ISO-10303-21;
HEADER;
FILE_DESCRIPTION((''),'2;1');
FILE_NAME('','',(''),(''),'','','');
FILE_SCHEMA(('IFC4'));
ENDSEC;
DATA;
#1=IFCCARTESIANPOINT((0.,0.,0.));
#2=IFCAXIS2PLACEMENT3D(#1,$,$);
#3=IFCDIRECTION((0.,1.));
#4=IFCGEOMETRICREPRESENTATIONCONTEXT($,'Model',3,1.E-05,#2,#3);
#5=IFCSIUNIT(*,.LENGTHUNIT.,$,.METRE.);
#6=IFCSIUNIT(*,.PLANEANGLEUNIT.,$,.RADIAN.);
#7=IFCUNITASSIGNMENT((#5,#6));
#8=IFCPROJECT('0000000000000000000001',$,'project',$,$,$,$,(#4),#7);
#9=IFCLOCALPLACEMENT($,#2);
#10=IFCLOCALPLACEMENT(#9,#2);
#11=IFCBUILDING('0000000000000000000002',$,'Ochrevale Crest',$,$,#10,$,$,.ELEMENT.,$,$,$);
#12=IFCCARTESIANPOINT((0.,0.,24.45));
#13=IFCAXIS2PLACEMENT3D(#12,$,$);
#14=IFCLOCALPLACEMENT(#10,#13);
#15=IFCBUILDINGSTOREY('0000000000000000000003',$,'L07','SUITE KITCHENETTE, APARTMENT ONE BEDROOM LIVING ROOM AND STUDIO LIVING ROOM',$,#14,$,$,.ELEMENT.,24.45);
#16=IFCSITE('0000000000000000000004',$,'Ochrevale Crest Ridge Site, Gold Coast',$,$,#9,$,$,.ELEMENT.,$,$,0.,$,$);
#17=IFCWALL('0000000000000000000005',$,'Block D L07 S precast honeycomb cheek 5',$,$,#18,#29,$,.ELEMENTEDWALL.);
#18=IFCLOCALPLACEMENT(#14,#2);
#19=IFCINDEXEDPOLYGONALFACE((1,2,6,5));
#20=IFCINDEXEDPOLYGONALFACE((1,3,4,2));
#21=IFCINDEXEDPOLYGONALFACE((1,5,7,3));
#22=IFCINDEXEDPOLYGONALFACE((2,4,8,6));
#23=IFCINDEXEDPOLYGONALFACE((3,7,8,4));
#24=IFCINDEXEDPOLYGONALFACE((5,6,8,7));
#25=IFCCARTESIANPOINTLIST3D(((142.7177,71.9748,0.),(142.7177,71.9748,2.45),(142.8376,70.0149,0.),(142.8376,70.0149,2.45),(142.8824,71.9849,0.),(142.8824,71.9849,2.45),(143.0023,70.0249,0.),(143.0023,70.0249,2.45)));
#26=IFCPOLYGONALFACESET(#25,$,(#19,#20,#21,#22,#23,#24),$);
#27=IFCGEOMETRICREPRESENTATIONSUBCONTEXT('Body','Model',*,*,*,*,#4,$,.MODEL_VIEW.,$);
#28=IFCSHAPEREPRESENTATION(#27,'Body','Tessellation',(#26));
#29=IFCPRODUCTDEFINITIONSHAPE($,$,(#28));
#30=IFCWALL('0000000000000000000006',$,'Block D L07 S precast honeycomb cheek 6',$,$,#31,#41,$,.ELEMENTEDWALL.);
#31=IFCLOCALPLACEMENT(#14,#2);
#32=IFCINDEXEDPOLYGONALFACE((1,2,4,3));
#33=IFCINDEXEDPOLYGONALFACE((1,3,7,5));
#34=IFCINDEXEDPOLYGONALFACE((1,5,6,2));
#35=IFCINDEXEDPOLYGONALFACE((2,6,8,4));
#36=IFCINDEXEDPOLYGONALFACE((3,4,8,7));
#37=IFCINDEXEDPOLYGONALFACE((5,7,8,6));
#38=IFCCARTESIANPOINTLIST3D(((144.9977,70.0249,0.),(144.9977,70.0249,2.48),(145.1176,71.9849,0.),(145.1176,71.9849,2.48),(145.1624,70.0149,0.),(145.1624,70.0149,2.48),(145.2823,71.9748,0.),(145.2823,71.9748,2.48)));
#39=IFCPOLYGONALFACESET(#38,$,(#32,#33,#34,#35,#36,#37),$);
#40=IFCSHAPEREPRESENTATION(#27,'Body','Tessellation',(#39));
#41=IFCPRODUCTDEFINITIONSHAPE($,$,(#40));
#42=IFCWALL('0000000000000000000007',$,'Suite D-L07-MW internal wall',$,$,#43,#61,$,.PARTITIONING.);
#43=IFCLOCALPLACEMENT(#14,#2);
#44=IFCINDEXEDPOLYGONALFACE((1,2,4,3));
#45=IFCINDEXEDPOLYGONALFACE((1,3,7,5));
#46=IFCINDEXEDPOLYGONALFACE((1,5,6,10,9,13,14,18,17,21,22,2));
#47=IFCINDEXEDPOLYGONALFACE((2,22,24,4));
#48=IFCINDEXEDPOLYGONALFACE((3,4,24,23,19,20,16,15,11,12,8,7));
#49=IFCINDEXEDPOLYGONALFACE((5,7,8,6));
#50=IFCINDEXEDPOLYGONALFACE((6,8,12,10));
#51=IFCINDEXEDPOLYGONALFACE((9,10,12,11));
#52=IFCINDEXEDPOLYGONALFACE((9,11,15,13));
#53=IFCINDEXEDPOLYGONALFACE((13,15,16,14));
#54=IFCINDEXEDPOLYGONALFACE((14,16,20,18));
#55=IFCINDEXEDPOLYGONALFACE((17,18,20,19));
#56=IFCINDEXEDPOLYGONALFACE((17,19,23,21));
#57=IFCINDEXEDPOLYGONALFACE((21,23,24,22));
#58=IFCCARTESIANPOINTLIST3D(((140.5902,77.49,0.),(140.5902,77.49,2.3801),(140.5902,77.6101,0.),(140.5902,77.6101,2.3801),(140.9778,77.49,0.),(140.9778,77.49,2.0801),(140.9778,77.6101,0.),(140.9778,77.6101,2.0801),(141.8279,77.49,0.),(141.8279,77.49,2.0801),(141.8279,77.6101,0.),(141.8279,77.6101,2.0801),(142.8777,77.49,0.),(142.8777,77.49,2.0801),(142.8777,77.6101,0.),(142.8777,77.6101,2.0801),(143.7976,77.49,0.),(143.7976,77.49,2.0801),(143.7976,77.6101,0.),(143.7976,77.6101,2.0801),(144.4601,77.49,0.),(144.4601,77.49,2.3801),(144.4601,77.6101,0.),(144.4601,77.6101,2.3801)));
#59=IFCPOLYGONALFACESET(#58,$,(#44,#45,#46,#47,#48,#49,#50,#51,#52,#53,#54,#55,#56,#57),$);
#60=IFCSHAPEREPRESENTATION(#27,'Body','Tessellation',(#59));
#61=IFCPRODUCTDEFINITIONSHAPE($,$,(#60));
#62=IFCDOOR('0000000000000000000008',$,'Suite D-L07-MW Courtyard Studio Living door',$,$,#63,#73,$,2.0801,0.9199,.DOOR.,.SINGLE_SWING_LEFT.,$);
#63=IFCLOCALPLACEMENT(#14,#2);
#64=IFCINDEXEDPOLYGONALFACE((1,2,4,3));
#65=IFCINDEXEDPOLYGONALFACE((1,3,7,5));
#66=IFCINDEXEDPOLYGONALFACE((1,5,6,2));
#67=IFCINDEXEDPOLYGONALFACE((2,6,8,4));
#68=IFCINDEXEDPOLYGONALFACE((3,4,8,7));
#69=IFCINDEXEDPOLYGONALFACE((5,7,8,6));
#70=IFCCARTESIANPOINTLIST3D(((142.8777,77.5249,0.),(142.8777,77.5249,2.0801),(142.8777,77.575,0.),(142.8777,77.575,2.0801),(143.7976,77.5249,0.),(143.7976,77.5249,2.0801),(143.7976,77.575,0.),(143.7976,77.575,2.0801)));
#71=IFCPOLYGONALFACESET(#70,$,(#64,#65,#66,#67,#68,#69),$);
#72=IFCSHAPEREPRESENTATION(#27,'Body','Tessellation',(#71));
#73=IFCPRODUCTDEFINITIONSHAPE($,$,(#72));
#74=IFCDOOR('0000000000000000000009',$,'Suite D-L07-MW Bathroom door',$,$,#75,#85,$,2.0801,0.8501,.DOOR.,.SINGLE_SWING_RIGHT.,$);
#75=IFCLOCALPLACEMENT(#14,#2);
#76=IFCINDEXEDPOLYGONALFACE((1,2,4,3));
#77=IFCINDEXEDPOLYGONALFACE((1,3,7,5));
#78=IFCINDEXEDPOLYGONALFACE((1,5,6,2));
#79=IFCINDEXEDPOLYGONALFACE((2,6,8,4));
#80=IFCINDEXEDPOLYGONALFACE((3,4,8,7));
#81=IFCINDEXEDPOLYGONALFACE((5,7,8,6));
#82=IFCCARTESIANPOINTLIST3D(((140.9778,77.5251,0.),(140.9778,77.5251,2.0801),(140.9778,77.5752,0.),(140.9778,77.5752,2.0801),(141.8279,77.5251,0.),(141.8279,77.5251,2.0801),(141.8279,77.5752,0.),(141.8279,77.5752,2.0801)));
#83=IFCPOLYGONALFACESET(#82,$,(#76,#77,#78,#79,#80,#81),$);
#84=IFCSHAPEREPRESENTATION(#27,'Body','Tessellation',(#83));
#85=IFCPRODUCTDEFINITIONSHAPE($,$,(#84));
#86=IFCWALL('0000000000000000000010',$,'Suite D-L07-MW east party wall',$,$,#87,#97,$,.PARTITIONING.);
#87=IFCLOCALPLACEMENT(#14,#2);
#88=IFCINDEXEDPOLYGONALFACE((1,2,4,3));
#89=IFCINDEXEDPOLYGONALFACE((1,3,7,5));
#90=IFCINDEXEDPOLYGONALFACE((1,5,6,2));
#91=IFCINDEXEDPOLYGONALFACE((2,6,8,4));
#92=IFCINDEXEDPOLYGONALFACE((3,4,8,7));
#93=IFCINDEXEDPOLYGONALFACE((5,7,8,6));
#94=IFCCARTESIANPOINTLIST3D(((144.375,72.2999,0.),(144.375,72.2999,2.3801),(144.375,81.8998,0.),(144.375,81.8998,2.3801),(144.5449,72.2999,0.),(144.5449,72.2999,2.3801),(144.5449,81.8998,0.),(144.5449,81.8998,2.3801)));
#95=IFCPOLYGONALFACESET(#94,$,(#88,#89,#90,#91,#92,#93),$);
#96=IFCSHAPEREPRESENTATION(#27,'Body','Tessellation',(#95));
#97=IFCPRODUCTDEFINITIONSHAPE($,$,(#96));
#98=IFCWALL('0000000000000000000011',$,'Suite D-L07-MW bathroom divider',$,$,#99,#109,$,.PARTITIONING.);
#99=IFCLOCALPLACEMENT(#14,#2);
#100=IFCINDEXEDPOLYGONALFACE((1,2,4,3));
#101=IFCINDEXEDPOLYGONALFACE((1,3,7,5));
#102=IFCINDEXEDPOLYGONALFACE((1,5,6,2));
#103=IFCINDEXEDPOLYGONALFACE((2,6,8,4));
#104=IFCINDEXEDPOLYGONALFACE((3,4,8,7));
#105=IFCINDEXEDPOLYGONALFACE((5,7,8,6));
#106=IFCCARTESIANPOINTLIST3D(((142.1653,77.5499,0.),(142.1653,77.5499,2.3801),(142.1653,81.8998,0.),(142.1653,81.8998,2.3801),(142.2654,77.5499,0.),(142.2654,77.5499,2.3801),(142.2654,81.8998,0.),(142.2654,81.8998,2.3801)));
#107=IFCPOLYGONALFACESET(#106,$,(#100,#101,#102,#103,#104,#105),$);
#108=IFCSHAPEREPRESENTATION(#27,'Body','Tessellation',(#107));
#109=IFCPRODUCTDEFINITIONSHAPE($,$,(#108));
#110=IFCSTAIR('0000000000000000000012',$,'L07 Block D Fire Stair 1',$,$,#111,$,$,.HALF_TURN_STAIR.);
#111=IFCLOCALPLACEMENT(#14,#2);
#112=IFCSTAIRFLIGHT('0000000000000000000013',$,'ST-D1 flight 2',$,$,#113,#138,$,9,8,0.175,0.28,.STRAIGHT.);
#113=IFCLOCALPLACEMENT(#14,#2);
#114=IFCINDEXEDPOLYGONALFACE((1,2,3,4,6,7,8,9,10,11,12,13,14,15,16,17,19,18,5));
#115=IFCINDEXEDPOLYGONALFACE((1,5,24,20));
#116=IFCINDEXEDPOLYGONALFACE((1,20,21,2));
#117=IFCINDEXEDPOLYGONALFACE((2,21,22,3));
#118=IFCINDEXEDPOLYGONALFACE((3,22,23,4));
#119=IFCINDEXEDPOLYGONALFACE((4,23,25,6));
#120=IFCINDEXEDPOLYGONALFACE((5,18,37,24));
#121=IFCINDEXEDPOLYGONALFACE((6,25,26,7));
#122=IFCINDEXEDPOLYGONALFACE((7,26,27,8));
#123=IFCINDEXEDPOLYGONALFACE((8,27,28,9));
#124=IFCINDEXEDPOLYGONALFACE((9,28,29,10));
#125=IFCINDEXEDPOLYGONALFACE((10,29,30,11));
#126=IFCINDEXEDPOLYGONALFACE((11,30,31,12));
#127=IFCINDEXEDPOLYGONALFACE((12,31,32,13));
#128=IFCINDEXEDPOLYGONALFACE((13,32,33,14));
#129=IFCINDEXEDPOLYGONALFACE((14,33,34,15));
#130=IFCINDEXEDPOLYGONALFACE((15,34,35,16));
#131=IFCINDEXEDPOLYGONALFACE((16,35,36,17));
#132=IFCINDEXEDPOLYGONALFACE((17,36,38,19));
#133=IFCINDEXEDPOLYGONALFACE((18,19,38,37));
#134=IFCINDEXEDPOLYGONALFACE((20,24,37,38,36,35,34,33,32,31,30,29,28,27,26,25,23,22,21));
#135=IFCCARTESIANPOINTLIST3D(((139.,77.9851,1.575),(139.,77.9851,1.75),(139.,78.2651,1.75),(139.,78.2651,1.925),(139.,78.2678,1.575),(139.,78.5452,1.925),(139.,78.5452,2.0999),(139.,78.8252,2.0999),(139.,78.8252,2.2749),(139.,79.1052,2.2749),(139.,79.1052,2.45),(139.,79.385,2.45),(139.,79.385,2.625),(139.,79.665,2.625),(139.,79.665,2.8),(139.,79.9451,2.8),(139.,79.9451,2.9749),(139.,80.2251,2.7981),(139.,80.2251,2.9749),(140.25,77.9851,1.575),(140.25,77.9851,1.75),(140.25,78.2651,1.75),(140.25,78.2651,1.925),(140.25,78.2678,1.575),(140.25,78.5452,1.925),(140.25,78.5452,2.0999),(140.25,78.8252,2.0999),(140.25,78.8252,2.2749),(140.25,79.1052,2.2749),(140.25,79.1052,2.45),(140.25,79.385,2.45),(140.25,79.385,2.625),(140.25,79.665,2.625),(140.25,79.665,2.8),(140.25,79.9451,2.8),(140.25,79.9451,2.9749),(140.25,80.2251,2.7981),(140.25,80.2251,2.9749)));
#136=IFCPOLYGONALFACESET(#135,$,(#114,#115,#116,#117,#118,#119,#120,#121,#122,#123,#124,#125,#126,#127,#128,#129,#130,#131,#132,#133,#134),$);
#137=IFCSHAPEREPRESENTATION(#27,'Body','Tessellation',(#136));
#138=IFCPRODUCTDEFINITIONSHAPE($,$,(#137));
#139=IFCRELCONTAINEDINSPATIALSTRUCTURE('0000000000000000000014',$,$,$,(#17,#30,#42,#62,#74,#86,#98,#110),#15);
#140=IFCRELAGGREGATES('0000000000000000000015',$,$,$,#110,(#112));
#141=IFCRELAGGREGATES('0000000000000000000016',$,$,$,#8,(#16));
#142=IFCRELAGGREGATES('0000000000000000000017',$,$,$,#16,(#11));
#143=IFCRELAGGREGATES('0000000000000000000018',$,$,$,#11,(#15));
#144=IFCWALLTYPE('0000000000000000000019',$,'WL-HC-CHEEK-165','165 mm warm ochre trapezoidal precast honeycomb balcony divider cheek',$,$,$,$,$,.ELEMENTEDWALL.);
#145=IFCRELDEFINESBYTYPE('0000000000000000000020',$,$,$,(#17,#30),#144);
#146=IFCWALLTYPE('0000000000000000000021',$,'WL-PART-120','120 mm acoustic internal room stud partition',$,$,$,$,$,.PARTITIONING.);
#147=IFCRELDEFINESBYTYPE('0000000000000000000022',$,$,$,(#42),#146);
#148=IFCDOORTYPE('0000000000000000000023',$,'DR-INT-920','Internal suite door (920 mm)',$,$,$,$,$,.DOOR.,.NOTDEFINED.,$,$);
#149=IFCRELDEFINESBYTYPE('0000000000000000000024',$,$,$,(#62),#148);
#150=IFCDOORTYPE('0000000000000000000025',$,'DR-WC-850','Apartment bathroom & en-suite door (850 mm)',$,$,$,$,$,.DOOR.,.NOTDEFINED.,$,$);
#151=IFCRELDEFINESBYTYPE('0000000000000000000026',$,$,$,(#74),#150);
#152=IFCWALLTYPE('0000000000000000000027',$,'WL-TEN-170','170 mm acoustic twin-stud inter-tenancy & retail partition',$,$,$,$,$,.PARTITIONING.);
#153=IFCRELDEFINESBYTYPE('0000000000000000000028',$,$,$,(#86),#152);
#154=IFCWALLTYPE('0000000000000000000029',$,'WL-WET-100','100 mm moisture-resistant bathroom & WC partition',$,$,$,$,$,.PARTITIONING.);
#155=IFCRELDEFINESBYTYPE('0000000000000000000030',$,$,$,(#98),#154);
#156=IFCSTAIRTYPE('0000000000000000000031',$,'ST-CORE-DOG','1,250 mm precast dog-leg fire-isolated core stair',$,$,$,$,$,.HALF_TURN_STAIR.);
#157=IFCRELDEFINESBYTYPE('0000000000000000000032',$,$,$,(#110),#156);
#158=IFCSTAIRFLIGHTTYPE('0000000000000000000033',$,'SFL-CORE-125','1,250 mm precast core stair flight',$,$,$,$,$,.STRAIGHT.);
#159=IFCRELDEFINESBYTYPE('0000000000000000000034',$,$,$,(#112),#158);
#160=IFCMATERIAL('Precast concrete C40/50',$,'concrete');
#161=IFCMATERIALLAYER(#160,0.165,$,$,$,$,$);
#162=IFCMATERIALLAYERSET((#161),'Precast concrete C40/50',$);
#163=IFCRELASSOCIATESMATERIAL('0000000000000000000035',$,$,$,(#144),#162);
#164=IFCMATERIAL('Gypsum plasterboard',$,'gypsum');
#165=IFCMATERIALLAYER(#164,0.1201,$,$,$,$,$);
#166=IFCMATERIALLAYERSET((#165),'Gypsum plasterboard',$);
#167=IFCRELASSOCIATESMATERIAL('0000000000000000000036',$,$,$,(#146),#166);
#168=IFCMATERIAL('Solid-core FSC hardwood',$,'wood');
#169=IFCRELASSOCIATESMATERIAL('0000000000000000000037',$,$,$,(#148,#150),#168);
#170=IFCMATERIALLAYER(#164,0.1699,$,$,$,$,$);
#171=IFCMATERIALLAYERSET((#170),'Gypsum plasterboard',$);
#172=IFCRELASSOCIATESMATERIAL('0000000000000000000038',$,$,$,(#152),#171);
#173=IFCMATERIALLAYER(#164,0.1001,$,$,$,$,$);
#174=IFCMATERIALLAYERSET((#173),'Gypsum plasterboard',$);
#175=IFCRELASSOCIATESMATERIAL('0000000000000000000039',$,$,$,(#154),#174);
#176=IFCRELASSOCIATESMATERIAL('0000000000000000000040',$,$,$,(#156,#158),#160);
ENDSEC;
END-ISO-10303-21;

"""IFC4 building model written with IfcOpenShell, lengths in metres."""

from ifc_helpers import new_model, si_unit, direction, frame, frame_2d, origin, place, context, subcontext, project, spatial, polyline, rectangle, outline, extrude, material, layer, layer_set, type_object, element, fill, aggregate, save


model = new_model("IFC4")

# Units and contexts
model_context = context("Model", 3, precision=1e-05, world=origin(), true_north=direction((0.0, 1.0)))
body_context = subcontext(model_context, "Body", "Model", "MODEL_VIEW")
ifc_project = project(units=[si_unit("LENGTHUNIT", "METRE"), si_unit("PLANEANGLEUNIT", "RADIAN")], contexts=[model_context])

# Site, building, storey
site_placement = place(None, origin())
site = spatial("IfcSite", under=ifc_project, at=site_placement, Name="Ochrevale Crest Ridge Site, Gold Coast", CompositionType="ELEMENT", RefElevation=0.0)
building_placement = place(site_placement, origin())
building = spatial("IfcBuilding", under=site, at=building_placement, Name="Ochrevale Crest", CompositionType="ELEMENT")
storey_placement = place(building_placement, frame((0.0, 0.0, 24.45)))
storey = spatial("IfcBuildingStorey", under=building, at=storey_placement, Name="L07", Description="SUITE KITCHENETTE, APARTMENT ONE BEDROOM LIVING ROOM AND STUDIO LIVING ROOM", CompositionType="ELEMENT", Elevation=24.45)

# Shared definitions
ifc_material_1 = material(Name="Precast concrete C40/50", Category="concrete")

# Walls
ifc_layer_1 = layer(ifc_material_1, 0.165)
ifc_layer_set_1 = layer_set([ifc_layer_1], Name="Precast concrete C40/50")
wall_type_1 = type_object("IfcWallType", Name="WL-HC-CHEEK-165", Description="165 mm warm ochre trapezoidal precast honeycomb balcony divider cheek", PredefinedType="ELEMENTEDWALL", material=ifc_layer_set_1)
for number, where, z_axis, x_axis, name in (
    (1, (142.8, 71.98, 0.0), (0.0, 0.0, 1.0), (0.061047, -0.998135, 0.0), "Block D L07 S precast honeycomb cheek 5"),
):
    element("IfcWall", number, at=place(storey_placement, frame(where, z_axis=z_axis, x_axis=x_axis)), inside=storey, type_object=wall_type_1, Name=name, PredefinedType="ELEMENTEDWALL", context=body_context, shape_type="SweptSolid", body=[
        extrude(rectangle(XDim=1.9636, YDim=0.165, at=frame_2d((0.9819, 0.0))), origin(), (0.0, 0.0, 1.0), 2.45),
    ])
wall_1_placement = place(storey_placement, frame((145.2, 71.98, 0.0), z_axis=(0.0, 0.0, 1.0), x_axis=(-0.061047, -0.998135, 0.0)))
element("IfcWall", 2, at=wall_1_placement, inside=storey, type_object=wall_type_1, Name="Block D L07 S precast honeycomb cheek 6", PredefinedType="ELEMENTEDWALL", context=body_context, shape_type="SweptSolid", body=[
    extrude(rectangle(XDim=1.9636, YDim=0.165, at=frame_2d((0.9819, 0.0))), origin(), (0.0, 0.0, 1.0), 2.48),
])

# Wall, openings, doors
ifc_material_2 = material(Name="Gypsum plasterboard", Category="gypsum")
ifc_layer_2 = layer(ifc_material_2, 0.1201)
ifc_layer_set_2 = layer_set([ifc_layer_2], Name="Gypsum plasterboard")
wall_type_2 = type_object("IfcWallType", Name="WL-PART-120", Description="120 mm acoustic internal room stud partition", PredefinedType="PARTITIONING", material=ifc_layer_set_2)
wall_2_placement = place(storey_placement, frame((140.5901, 77.55, 0.0), z_axis=(0.0, 0.0, 1.0), x_axis=(1.0, 0.0, 0.0)))
wall_2 = element("IfcWall", 3, at=wall_2_placement, inside=storey, type_object=wall_type_2, Name="Suite D-L07-MW internal wall", PredefinedType="PARTITIONING", context=body_context, shape_type="SweptSolid", body=[
    extrude(rectangle(XDim=3.8699, YDim=0.1201, at=frame_2d((1.9351, 0.0))), origin(), (0.0, 0.0, 1.0), 2.3801),
])
opening_1_placement = place(wall_2_placement, frame((1.2378, 0.0, 0.0), z_axis=(0.0, 0.0, 1.0), x_axis=(-1.0, 0.0, 0.0)))
opening_1 = element("IfcOpeningElement", 4, at=opening_1_placement, cuts=wall_2, PredefinedType="OPENING", context=body_context, shape_type="SweptSolid", body=[
    extrude(rectangle(XDim=0.8501, YDim=2.0801, at=frame_2d((0.425, 1.04))), frame((0.0, 0.0701, 0.0), z_axis=(0.0, -1.0, 0.0), x_axis=(1.0, 0.0, 0.0)), (0.0, 0.0, 1.0), 0.1401),
])
opening_2_placement = place(wall_2_placement, frame((2.2876, 0.0, 0.0)))
opening_2 = element("IfcOpeningElement", 5, at=opening_2_placement, cuts=wall_2, PredefinedType="OPENING", context=body_context, shape_type="SweptSolid", body=[
    extrude(rectangle(XDim=0.9199, YDim=2.0801, at=frame_2d((0.46, 1.04))), frame((0.0, 0.0701, 0.0), z_axis=(0.0, -1.0, 0.0), x_axis=(1.0, 0.0, 0.0)), (0.0, 0.0, 1.0), 0.1401),
])
ifc_material_3 = material(Name="Solid-core FSC hardwood", Category="wood")
door_type_1 = type_object("IfcDoorType", Name="DR-INT-920", Description="Internal suite door (920 mm)", OperationType="NOTDEFINED", PredefinedType="DOOR", material=ifc_material_3)
door_1_placement = place(opening_2_placement, origin())
door_1 = element("IfcDoor", 6, at=door_1_placement, inside=storey, type_object=door_type_1, Name="Suite D-L07-MW Courtyard Studio Living door", OperationType="SINGLE_SWING_LEFT", OverallHeight=2.0801, OverallWidth=0.9199, PredefinedType="DOOR", context=body_context, shape_type="SweptSolid", body=[
    extrude(rectangle(XDim=0.9199, YDim=2.0801, at=frame_2d((0.46, 1.04))), frame((0.0, 0.0249, 0.0), z_axis=(0.0, -1.0, 0.0), x_axis=(1.0, 0.0, 0.0)), (0.0, 0.0, 1.0), 0.05),
])
fill(opening_2, door_1)
door_type_2 = type_object("IfcDoorType", Name="DR-WC-850", Description="Apartment bathroom & en-suite door (850 mm)", OperationType="NOTDEFINED", PredefinedType="DOOR", material=ifc_material_3)
door_2_placement = place(opening_1_placement, origin())
door_2 = element("IfcDoor", 7, at=door_2_placement, inside=storey, type_object=door_type_2, Name="Suite D-L07-MW Bathroom door", OperationType="SINGLE_SWING_RIGHT", OverallHeight=2.0801, OverallWidth=0.8501, PredefinedType="DOOR", context=body_context, shape_type="SweptSolid", body=[
    extrude(rectangle(XDim=0.8501, YDim=2.0801, at=frame_2d((0.425, 1.04))), frame((0.0, 0.0249, 0.0), z_axis=(0.0, -1.0, 0.0), x_axis=(1.0, 0.0, 0.0)), (0.0, 0.0, 1.0), 0.05),
])
fill(opening_1, door_2)

# Walls
ifc_layer_3 = layer(ifc_material_2, 0.1699)
ifc_layer_set_3 = layer_set([ifc_layer_3], Name="Gypsum plasterboard")
wall_type_3 = type_object("IfcWallType", Name="WL-TEN-170", Description="170 mm acoustic twin-stud inter-tenancy & retail partition", PredefinedType="PARTITIONING", material=ifc_layer_set_3)
wall_3_placement = place(storey_placement, frame((144.46, 72.3, 0.0), z_axis=(0.0, 0.0, 1.0), x_axis=(0.0, 1.0, 0.0)))
element("IfcWall", 8, at=wall_3_placement, inside=storey, type_object=wall_type_3, Name="Suite D-L07-MW east party wall", PredefinedType="PARTITIONING", context=body_context, shape_type="SweptSolid", body=[
    extrude(rectangle(XDim=9.5999, YDim=0.1699, at=frame_2d((4.7998, 0.0))), origin(), (0.0, 0.0, 1.0), 2.3801),
])
ifc_layer_4 = layer(ifc_material_2, 0.1001)
ifc_layer_set_4 = layer_set([ifc_layer_4], Name="Gypsum plasterboard")
wall_type_4 = type_object("IfcWallType", Name="WL-WET-100", Description="100 mm moisture-resistant bathroom & WC partition", PredefinedType="PARTITIONING", material=ifc_layer_set_4)
wall_4_placement = place(storey_placement, frame((142.2153, 77.55, 0.0), z_axis=(0.0, 0.0, 1.0), x_axis=(0.0, 1.0, 0.0)))
element("IfcWall", 9, at=wall_4_placement, inside=storey, type_object=wall_type_4, Name="Suite D-L07-MW bathroom divider", PredefinedType="PARTITIONING", context=body_context, shape_type="SweptSolid", body=[
    extrude(rectangle(XDim=4.3499, YDim=0.1001, at=frame_2d((2.1748, 0.0))), origin(), (0.0, 0.0, 1.0), 2.3801),
])

# Stair, stair flight
stair_type = type_object("IfcStairType", Name="ST-CORE-DOG", Description="1,250 mm precast dog-leg fire-isolated core stair", PredefinedType="HALF_TURN_STAIR", material=ifc_material_1)
stair_placement = place(storey_placement, origin())
stair = element("IfcStair", 10, at=stair_placement, inside=storey, type_object=stair_type, Name="L07 Block D Fire Stair 1", PredefinedType="HALF_TURN_STAIR")
stair_flight_type = type_object("IfcStairFlightType", Name="SFL-CORE-125", Description="1,250 mm precast core stair flight", PredefinedType="STRAIGHT", material=ifc_material_1)
stair_flight_placement = place(storey_placement, frame((139.625, 77.9851, 1.575), z_axis=(0.0, 0.0, 1.0), x_axis=(0.0, 1.0, 0.0)))
stair_flight = element("IfcStairFlight", 11, at=stair_flight_placement, type_object=stair_flight_type, Name="ST-D1 flight 2", NumberOfRisers=9, NumberOfTreads=8, PredefinedType="STRAIGHT", RiserHeight=0.175, TreadLength=0.28, context=body_context, shape_type="SweptSolid", body=[
    extrude(outline(polyline([(0.0, 0.0), (0.0, 0.175), (0.28, 0.175), (0.28, 0.3501), (0.5601, 0.3501), (0.5601, 0.5249), (0.8401, 0.5249), (0.8401, 0.7), (1.1201, 0.7), (1.1201, 0.875), (1.3999, 0.875), (1.3999, 1.05), (1.6799, 1.05), (1.6799, 1.2251), (1.96, 1.2251), (1.96, 1.3999), (2.24, 1.3999), (2.24, 1.575), (2.24, 1.2231), (0.2827, 0.0), (0.0, 0.0)])), frame((0.0, 0.625, 0.0), z_axis=(0.0, -1.0, 0.0), x_axis=(1.0, 0.0, 0.0)), (0.0, 0.0, 1.0), 1.25),
])
aggregate(stair, [stair_flight])

save(model, "model.ifc")
